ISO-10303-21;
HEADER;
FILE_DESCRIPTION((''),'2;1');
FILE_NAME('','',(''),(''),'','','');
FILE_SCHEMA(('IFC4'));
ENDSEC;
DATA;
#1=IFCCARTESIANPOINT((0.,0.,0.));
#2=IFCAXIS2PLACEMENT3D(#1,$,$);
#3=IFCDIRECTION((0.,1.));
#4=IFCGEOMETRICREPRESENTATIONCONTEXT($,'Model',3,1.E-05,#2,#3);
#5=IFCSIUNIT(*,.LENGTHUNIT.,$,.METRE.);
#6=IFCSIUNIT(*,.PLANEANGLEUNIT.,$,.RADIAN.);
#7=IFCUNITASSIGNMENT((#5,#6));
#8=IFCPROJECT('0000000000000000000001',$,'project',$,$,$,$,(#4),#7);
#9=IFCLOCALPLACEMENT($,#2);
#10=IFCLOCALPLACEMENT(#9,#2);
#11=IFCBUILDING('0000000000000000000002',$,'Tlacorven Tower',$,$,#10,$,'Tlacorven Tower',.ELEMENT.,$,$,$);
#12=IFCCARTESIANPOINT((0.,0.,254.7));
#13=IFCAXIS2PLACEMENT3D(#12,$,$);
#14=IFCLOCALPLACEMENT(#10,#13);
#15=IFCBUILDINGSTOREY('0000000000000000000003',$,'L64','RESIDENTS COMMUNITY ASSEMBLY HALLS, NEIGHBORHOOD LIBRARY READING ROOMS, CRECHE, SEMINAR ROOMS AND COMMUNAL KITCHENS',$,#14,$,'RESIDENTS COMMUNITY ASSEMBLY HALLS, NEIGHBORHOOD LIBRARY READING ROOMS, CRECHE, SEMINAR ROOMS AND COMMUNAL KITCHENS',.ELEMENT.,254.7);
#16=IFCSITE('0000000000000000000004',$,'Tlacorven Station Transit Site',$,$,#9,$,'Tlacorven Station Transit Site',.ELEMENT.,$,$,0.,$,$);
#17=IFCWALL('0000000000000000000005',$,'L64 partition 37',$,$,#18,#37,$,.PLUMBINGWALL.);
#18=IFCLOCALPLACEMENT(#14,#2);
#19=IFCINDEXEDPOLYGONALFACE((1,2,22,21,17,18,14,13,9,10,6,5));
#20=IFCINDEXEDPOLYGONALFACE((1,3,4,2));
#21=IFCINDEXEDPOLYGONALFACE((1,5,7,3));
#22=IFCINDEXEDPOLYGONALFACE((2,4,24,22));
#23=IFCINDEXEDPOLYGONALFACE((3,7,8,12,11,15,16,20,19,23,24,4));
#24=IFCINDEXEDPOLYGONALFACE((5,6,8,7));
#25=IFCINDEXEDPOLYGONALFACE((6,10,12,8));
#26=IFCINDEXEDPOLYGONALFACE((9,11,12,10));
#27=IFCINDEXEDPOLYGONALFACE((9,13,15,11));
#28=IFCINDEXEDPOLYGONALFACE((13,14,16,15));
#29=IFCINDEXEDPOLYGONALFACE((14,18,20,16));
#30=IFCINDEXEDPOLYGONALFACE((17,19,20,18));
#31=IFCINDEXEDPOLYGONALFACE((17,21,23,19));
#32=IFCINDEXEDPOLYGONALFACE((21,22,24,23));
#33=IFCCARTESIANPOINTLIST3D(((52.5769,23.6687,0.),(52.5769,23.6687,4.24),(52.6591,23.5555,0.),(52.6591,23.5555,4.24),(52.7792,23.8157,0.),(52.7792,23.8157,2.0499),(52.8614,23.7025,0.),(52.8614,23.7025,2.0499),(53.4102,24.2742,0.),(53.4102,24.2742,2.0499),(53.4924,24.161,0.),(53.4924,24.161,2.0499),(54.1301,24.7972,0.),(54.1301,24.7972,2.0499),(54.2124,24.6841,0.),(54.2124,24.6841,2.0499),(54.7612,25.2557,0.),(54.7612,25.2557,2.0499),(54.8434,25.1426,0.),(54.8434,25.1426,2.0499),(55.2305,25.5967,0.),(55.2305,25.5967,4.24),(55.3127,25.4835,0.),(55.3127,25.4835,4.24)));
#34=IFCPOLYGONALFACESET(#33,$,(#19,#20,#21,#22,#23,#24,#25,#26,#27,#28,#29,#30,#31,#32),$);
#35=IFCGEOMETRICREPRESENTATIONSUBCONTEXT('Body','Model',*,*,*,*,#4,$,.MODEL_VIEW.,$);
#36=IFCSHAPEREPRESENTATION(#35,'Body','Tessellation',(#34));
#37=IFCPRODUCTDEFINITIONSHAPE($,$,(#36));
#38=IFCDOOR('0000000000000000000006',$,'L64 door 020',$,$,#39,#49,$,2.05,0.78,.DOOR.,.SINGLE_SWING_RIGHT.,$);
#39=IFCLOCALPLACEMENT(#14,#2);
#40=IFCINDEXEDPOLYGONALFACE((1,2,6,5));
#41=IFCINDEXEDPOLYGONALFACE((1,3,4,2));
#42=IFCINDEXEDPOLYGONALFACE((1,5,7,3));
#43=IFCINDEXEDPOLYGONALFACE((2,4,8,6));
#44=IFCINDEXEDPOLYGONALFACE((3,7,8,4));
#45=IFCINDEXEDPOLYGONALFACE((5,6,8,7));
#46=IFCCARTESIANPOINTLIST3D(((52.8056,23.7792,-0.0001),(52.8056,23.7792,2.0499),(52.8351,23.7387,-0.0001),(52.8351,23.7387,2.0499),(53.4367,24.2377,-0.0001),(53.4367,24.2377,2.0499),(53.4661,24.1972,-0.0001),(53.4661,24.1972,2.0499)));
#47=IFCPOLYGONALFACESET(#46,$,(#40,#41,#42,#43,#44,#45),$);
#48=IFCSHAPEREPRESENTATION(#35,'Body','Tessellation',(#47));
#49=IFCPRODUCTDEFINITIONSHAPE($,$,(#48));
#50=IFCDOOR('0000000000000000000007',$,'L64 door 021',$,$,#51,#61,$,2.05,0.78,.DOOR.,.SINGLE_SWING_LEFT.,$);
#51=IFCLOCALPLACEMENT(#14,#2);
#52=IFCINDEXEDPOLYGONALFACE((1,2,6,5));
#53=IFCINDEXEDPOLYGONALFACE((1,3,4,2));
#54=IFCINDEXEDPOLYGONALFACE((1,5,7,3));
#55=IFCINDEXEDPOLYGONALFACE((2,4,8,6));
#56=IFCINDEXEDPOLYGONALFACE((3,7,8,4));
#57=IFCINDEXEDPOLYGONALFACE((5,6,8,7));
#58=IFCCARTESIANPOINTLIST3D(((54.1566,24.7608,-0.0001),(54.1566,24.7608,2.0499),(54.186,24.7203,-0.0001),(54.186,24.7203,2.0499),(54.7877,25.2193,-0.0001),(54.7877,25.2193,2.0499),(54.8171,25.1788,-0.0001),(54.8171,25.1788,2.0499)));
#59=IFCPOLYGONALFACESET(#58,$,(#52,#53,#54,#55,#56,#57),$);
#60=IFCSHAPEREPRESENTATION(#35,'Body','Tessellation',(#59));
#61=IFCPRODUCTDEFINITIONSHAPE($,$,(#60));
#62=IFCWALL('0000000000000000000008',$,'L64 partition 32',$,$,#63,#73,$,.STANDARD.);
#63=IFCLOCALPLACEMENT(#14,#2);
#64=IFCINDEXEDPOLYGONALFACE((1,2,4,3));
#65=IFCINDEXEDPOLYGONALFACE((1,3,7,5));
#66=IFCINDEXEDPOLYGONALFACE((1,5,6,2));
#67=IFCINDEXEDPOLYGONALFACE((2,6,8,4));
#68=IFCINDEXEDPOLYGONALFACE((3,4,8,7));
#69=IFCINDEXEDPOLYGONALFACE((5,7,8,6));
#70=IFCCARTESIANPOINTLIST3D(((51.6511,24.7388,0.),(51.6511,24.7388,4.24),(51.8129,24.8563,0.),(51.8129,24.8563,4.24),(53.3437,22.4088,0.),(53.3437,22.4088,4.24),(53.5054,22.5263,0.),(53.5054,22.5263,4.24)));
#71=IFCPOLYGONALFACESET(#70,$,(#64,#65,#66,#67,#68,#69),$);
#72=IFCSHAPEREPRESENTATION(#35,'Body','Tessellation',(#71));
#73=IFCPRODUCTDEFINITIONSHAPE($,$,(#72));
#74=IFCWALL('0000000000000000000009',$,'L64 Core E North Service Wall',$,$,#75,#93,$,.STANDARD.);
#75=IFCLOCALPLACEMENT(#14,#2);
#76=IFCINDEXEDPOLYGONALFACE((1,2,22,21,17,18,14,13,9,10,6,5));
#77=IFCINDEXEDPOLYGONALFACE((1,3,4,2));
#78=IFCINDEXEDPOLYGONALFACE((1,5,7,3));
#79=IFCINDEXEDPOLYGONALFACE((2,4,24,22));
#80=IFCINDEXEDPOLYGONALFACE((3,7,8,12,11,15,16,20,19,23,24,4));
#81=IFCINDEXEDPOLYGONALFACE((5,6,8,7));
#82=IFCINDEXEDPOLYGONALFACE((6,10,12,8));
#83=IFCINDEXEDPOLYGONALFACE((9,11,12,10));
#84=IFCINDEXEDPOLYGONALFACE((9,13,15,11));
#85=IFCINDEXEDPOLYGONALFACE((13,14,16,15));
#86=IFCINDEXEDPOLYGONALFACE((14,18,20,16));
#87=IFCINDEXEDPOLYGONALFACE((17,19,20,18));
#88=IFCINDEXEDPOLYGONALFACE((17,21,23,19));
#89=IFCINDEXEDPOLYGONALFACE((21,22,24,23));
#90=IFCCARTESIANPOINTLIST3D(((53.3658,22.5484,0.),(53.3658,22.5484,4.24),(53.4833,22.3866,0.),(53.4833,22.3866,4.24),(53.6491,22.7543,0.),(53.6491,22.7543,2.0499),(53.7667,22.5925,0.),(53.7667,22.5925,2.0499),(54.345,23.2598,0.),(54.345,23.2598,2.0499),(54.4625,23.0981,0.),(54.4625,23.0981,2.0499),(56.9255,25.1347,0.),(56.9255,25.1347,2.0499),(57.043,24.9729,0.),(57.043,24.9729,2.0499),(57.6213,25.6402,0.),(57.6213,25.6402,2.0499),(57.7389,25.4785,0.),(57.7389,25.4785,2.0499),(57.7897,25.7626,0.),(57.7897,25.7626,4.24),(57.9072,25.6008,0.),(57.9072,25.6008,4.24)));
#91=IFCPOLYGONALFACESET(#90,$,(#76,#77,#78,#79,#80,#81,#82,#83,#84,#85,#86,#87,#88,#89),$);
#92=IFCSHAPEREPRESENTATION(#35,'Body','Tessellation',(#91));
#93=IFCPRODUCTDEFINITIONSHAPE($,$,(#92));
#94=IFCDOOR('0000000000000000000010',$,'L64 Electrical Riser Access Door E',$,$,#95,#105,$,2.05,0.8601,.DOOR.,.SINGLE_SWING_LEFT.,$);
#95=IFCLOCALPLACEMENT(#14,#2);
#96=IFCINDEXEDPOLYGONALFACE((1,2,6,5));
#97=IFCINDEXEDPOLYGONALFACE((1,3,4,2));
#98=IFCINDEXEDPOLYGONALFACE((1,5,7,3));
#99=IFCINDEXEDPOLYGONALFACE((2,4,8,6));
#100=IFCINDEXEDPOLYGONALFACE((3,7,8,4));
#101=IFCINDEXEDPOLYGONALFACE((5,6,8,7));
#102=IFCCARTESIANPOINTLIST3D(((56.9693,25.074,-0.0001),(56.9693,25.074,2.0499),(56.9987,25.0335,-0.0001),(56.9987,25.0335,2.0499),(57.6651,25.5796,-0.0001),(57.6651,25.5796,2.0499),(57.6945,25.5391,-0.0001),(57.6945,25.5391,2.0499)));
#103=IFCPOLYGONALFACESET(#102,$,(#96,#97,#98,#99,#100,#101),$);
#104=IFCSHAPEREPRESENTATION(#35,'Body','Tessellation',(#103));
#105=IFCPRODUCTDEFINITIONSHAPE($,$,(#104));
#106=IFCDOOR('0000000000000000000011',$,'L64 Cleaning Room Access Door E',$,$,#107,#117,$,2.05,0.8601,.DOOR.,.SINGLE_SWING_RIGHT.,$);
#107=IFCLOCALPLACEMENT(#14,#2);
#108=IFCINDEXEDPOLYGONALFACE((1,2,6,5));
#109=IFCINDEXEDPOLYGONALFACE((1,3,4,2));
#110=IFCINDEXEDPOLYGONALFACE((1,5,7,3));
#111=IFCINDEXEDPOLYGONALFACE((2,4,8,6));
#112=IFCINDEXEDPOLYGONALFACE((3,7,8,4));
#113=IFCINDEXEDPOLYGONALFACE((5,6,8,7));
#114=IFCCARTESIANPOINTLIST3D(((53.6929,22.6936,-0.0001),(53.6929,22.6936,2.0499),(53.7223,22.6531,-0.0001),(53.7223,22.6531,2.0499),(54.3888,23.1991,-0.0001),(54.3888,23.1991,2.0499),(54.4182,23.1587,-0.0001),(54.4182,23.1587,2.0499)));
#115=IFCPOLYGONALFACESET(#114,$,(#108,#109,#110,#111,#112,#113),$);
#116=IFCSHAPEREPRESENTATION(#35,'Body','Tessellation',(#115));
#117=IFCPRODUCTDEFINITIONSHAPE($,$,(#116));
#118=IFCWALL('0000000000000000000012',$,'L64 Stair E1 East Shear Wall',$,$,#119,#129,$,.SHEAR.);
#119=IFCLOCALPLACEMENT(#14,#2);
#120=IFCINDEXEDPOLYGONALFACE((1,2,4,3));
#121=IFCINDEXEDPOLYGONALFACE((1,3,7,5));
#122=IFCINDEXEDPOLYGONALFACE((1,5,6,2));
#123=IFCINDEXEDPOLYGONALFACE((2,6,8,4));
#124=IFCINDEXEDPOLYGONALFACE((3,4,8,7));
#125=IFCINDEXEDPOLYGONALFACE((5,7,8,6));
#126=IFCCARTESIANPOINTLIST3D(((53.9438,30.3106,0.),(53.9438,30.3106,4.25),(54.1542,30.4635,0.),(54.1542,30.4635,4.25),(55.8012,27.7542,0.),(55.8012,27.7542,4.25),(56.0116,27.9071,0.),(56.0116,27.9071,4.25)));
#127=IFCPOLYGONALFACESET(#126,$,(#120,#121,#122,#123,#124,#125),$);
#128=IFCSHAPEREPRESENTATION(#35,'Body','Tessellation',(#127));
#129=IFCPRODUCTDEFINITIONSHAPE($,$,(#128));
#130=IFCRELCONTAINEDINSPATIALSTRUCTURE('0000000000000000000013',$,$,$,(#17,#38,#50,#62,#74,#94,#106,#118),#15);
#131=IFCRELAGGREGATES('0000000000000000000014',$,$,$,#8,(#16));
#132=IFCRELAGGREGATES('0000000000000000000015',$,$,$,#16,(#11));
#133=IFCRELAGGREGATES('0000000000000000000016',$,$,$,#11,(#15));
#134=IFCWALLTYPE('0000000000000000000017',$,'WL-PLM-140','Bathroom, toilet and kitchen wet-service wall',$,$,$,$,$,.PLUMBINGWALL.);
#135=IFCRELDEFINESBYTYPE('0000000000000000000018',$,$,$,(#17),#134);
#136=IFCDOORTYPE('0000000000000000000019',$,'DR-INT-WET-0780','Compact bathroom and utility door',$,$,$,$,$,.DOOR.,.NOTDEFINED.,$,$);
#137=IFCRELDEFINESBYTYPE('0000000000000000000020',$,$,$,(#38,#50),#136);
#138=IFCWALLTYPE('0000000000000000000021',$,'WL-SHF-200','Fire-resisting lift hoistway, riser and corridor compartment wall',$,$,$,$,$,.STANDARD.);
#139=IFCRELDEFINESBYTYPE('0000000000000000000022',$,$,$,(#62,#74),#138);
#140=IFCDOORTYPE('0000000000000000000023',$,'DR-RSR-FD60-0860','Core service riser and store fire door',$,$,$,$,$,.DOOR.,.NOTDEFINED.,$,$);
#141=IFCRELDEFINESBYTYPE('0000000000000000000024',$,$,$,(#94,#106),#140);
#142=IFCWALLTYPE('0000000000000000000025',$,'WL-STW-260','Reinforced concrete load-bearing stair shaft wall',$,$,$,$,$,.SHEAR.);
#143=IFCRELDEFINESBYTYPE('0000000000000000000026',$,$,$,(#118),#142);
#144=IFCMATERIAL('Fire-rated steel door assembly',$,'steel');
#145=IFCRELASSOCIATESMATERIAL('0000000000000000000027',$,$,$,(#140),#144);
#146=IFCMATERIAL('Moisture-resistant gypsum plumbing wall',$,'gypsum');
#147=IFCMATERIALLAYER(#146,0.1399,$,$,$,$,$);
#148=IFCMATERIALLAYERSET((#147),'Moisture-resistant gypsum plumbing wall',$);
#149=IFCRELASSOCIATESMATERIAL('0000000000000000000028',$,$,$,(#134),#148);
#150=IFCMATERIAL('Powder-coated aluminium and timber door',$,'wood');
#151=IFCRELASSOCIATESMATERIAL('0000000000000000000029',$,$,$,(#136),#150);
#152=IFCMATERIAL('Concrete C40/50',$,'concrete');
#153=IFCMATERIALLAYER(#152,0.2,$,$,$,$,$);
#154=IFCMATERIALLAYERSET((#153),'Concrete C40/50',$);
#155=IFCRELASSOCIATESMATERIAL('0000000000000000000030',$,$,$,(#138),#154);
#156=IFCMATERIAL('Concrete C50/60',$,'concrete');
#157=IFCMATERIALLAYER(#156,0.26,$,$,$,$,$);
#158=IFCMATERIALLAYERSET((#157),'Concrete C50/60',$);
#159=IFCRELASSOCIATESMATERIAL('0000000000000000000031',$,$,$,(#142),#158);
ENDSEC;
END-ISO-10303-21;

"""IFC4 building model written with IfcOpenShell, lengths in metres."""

from ifc_helpers import new_model, si_unit, direction, frame, frame_2d, origin, place, context, subcontext, project, spatial, rectangle, extrude, source, transform, mapped, material, layer, layer_set, type_object, element, fill, save


model = new_model("IFC4")

# Units and contexts
model_context = context("Model", 3, precision=1e-05, world=origin(), true_north=direction((0.0, 1.0)))
body_context = subcontext(model_context, "Body", "Model", "MODEL_VIEW")
ifc_project = project(units=[si_unit("LENGTHUNIT", "METRE"), si_unit("PLANEANGLEUNIT", "RADIAN")], contexts=[model_context])

# Site, building, storey
site_placement = place(None, origin())
site = spatial("IfcSite", under=ifc_project, at=site_placement, Name="Tlacorven Station Transit Site", LongName="Tlacorven Station Transit Site", CompositionType="ELEMENT", RefElevation=0.0)
building_placement = place(site_placement, origin())
building = spatial("IfcBuilding", under=site, at=building_placement, Name="Tlacorven Tower", LongName="Tlacorven Tower", CompositionType="ELEMENT")
storey_placement = place(building_placement, frame((0.0, 0.0, 254.7)))
storey = spatial("IfcBuildingStorey", under=building, at=storey_placement, Name="L64", Description="RESIDENTS COMMUNITY ASSEMBLY HALLS, NEIGHBORHOOD LIBRARY READING ROOMS, CRECHE, SEMINAR ROOMS AND COMMUNAL KITCHENS", LongName="RESIDENTS COMMUNITY ASSEMBLY HALLS, NEIGHBORHOOD LIBRARY READING ROOMS, CRECHE, SEMINAR ROOMS AND COMMUNAL KITCHENS", CompositionType="ELEMENT", Elevation=254.7)

# Shared definitions
ifc_material_1 = material(Name="Fire-rated steel door assembly", Category="steel")
door_type_1 = type_object("IfcDoorType", Name="DR-RSR-FD60-0860", Description="Core service riser and store fire door", OperationType="NOTDEFINED", PredefinedType="DOOR", material=ifc_material_1)
shared_shape_1 = source(origin(), body_context, "Body", "SweptSolid", [
    extrude(rectangle(XDim=0.8601, YDim=2.05, at=frame_2d((0.4302, 1.0249))), frame((0.0, 0.0249, 0.0), z_axis=(0.0, -1.0, 0.0), x_axis=(1.0, 0.0, 0.0)), (0.0, 0.0, 1.0), 0.05),
])

# Shared definitions
ifc_material_2 = material(Name="Moisture-resistant gypsum plumbing wall", Category="gypsum")
ifc_layer_1 = layer(ifc_material_2, 0.1399)
ifc_layer_set_1 = layer_set([ifc_layer_1], Name="Moisture-resistant gypsum plumbing wall")
wall_type_1 = type_object("IfcWallType", Name="WL-PLM-140", Description="Bathroom, toilet and kitchen wet-service wall", PredefinedType="PLUMBINGWALL", material=ifc_layer_set_1)
ifc_material_3 = material(Name="Powder-coated aluminium and timber door", Category="wood")
door_type_2 = type_object("IfcDoorType", Name="DR-INT-WET-0780", Description="Compact bathroom and utility door", OperationType="NOTDEFINED", PredefinedType="DOOR", material=ifc_material_3)
shared_shape_2 = source(origin(), body_context, "Body", "SweptSolid", [
    extrude(rectangle(XDim=0.78, YDim=2.05, at=frame_2d((0.3901, 1.0249))), frame((0.0, 0.0249, 0.0), z_axis=(0.0, -1.0, 0.0), x_axis=(1.0, 0.0, 0.0)), (0.0, 0.0, 1.0), 0.05),
])

# Wall, openings, doors
wall_1_placement = place(storey_placement, frame((52.6179, 23.6121, 0.0), z_axis=(0.0, 0.0, 1.0), x_axis=(0.80901, 0.587795, 0.0)))
wall_1 = element("IfcWall", 1, at=wall_1_placement, inside=storey, type_object=wall_type_1, Name="L64 partition 37", PredefinedType="PLUMBINGWALL", context=body_context, shape_type="SweptSolid", body=[
    extrude(rectangle(XDim=3.28, YDim=0.1399, at=frame_2d((1.6401, 0.0))), origin(), (0.0, 0.0, 1.0), 4.24),
])
opening_1_placement = place(wall_1_placement, frame((0.25, 0.0, 0.0)))
opening_1 = element("IfcOpeningElement", 2, at=opening_1_placement, cuts=wall_1, PredefinedType="OPENING", context=body_context, shape_type="SweptSolid", body=[
    extrude(rectangle(XDim=0.78, YDim=2.05, at=frame_2d((0.3901, 1.0249))), frame((0.0, 0.0801, 0.0), z_axis=(0.0, -1.0, 0.0), x_axis=(1.0, 0.0, 0.0)), (0.0, 0.0, 1.0), 0.1599),
])
opening_2_placement = place(wall_1_placement, frame((1.9199, 0.0, 0.0)))
opening_2 = element("IfcOpeningElement", 3, at=opening_2_placement, cuts=wall_1, PredefinedType="OPENING", context=body_context, shape_type="SweptSolid", body=[
    extrude(rectangle(XDim=0.78, YDim=2.05, at=frame_2d((0.3901, 1.0249))), frame((0.0, 0.0801, 0.0), z_axis=(0.0, -1.0, 0.0), x_axis=(1.0, 0.0, 0.0)), (0.0, 0.0, 1.0), 0.1599),
])
door_1_placement = place(opening_1_placement, origin())
door_1 = element("IfcDoor", 4, at=door_1_placement, inside=storey, type_object=door_type_2, Name="L64 door 020", OperationType="SINGLE_SWING_RIGHT", OverallHeight=2.05, OverallWidth=0.78, PredefinedType="DOOR", context=body_context, shape_type="MappedRepresentation", body=[
    mapped(shared_shape_2, transform((0.0, 0.0, 0.0), scale=1.0)),
])
fill(opening_1, door_1)
door_2_placement = place(opening_2_placement, origin())
door_2 = element("IfcDoor", 5, at=door_2_placement, inside=storey, type_object=door_type_2, Name="L64 door 021", OperationType="SINGLE_SWING_LEFT", OverallHeight=2.05, OverallWidth=0.78, PredefinedType="DOOR", context=body_context, shape_type="MappedRepresentation", body=[
    mapped(shared_shape_2, transform((0.0, 0.0, 0.0), scale=1.0)),
])
fill(opening_2, door_2)

# Wall
ifc_material_4 = material(Name="Concrete C40/50", Category="concrete")
ifc_layer_2 = layer(ifc_material_4, 0.2)
ifc_layer_set_2 = layer_set([ifc_layer_2], Name="Concrete C40/50")
wall_type_2 = type_object("IfcWallType", Name="WL-SHF-200", Description="Fire-resisting lift hoistway, riser and corridor compartment wall", PredefinedType="STANDARD", material=ifc_layer_set_2)
wall_2_placement = place(storey_placement, frame((53.4246, 22.4675, 0.0), z_axis=(0.0, 0.0, 1.0), x_axis=(-0.587723, 0.809062, 0.0)))
element("IfcWall", 6, at=wall_2_placement, inside=storey, type_object=wall_type_2, Name="L64 partition 32", PredefinedType="STANDARD", context=body_context, shape_type="SweptSolid", body=[
    extrude(rectangle(XDim=2.8799, YDim=0.2, at=frame_2d((1.4399, 0.0))), origin(), (0.0, 0.0, 1.0), 4.24),
])

# Wall, openings, doors
wall_3_placement = place(storey_placement, frame((53.4246, 22.4675, 0.0), z_axis=(0.0, 0.0, 1.0), x_axis=(0.809016, 0.587787, 0.0)))
wall_3 = element("IfcWall", 7, at=wall_3_placement, inside=storey, type_object=wall_type_2, Name="L64 Core E North Service Wall", PredefinedType="STANDARD", context=body_context, shape_type="SweptSolid", body=[
    extrude(rectangle(XDim=5.4683, YDim=0.2, at=frame_2d((2.7341, 0.0))), origin(), (0.0, 0.0, 1.0), 4.24),
])
opening_3_placement = place(wall_3_placement, frame((4.3999, 0.0, 0.0)))
opening_3 = element("IfcOpeningElement", 8, at=opening_3_placement, cuts=wall_3, PredefinedType="OPENING", context=body_context, shape_type="SweptSolid", body=[
    extrude(rectangle(XDim=0.8601, YDim=2.05, at=frame_2d((0.4302, 1.0249))), frame((0.0, 0.1099, 0.0), z_axis=(0.0, -1.0, 0.0), x_axis=(1.0, 0.0, 0.0)), (0.0, 0.0, 1.0), 0.22),
])
opening_4_placement = place(wall_3_placement, frame((0.3501, 0.0, 0.0)))
opening_4 = element("IfcOpeningElement", 9, at=opening_4_placement, cuts=wall_3, PredefinedType="OPENING", context=body_context, shape_type="SweptSolid", body=[
    extrude(rectangle(XDim=0.8601, YDim=2.05, at=frame_2d((0.4302, 1.0249))), frame((0.0, 0.1099, 0.0), z_axis=(0.0, -1.0, 0.0), x_axis=(1.0, 0.0, 0.0)), (0.0, 0.0, 1.0), 0.22),
])
door_3_placement = place(opening_3_placement, frame((0.8601, 0.0, 0.0), z_axis=(0.0, 0.0, 1.0), x_axis=(-1.0, 0.0, 0.0)))
door_3 = element("IfcDoor", 10, at=door_3_placement, inside=storey, type_object=door_type_1, Name="L64 Electrical Riser Access Door E", OperationType="SINGLE_SWING_LEFT", OverallHeight=2.05, OverallWidth=0.8601, PredefinedType="DOOR", context=body_context, shape_type="MappedRepresentation", body=[
    mapped(shared_shape_1, transform((0.0, 0.0, 0.0), scale=1.0)),
])
fill(opening_3, door_3)
door_4_placement = place(opening_4_placement, frame((0.8601, 0.0, 0.0), z_axis=(0.0, 0.0, 1.0), x_axis=(-1.0, 0.0, 0.0)))
door_4 = element("IfcDoor", 11, at=door_4_placement, inside=storey, type_object=door_type_1, Name="L64 Cleaning Room Access Door E", OperationType="SINGLE_SWING_RIGHT", OverallHeight=2.05, OverallWidth=0.8601, PredefinedType="DOOR", context=body_context, shape_type="MappedRepresentation", body=[
    mapped(shared_shape_1, transform((0.0, 0.0, 0.0), scale=1.0)),
])
fill(opening_4, door_4)

# Wall
ifc_material_5 = material(Name="Concrete C50/60", Category="concrete")
ifc_layer_3 = layer(ifc_material_5, 0.26)
ifc_layer_set_3 = layer_set([ifc_layer_3], Name="Concrete C50/60")
wall_type_3 = type_object("IfcWallType", Name="WL-STW-260", Description="Reinforced concrete load-bearing stair shaft wall", PredefinedType="SHEAR", material=ifc_layer_set_3)
wall_4_placement = place(storey_placement, frame((55.9065, 27.8306, 0.0), z_axis=(0.0, 0.0, 1.0), x_axis=(-0.587804, 0.809003, 0.0)))
element("IfcWall", 12, at=wall_4_placement, inside=storey, type_object=wall_type_3, Name="L64 Stair E1 East Shear Wall", PredefinedType="SHEAR", context=body_context, shape_type="SweptSolid", body=[
    extrude(rectangle(XDim=3.1599, YDim=0.26, at=frame_2d((1.5801, 0.0))), origin(), (0.0, 0.0, 1.0), 4.25),
])

save(model, "model.ifc")
